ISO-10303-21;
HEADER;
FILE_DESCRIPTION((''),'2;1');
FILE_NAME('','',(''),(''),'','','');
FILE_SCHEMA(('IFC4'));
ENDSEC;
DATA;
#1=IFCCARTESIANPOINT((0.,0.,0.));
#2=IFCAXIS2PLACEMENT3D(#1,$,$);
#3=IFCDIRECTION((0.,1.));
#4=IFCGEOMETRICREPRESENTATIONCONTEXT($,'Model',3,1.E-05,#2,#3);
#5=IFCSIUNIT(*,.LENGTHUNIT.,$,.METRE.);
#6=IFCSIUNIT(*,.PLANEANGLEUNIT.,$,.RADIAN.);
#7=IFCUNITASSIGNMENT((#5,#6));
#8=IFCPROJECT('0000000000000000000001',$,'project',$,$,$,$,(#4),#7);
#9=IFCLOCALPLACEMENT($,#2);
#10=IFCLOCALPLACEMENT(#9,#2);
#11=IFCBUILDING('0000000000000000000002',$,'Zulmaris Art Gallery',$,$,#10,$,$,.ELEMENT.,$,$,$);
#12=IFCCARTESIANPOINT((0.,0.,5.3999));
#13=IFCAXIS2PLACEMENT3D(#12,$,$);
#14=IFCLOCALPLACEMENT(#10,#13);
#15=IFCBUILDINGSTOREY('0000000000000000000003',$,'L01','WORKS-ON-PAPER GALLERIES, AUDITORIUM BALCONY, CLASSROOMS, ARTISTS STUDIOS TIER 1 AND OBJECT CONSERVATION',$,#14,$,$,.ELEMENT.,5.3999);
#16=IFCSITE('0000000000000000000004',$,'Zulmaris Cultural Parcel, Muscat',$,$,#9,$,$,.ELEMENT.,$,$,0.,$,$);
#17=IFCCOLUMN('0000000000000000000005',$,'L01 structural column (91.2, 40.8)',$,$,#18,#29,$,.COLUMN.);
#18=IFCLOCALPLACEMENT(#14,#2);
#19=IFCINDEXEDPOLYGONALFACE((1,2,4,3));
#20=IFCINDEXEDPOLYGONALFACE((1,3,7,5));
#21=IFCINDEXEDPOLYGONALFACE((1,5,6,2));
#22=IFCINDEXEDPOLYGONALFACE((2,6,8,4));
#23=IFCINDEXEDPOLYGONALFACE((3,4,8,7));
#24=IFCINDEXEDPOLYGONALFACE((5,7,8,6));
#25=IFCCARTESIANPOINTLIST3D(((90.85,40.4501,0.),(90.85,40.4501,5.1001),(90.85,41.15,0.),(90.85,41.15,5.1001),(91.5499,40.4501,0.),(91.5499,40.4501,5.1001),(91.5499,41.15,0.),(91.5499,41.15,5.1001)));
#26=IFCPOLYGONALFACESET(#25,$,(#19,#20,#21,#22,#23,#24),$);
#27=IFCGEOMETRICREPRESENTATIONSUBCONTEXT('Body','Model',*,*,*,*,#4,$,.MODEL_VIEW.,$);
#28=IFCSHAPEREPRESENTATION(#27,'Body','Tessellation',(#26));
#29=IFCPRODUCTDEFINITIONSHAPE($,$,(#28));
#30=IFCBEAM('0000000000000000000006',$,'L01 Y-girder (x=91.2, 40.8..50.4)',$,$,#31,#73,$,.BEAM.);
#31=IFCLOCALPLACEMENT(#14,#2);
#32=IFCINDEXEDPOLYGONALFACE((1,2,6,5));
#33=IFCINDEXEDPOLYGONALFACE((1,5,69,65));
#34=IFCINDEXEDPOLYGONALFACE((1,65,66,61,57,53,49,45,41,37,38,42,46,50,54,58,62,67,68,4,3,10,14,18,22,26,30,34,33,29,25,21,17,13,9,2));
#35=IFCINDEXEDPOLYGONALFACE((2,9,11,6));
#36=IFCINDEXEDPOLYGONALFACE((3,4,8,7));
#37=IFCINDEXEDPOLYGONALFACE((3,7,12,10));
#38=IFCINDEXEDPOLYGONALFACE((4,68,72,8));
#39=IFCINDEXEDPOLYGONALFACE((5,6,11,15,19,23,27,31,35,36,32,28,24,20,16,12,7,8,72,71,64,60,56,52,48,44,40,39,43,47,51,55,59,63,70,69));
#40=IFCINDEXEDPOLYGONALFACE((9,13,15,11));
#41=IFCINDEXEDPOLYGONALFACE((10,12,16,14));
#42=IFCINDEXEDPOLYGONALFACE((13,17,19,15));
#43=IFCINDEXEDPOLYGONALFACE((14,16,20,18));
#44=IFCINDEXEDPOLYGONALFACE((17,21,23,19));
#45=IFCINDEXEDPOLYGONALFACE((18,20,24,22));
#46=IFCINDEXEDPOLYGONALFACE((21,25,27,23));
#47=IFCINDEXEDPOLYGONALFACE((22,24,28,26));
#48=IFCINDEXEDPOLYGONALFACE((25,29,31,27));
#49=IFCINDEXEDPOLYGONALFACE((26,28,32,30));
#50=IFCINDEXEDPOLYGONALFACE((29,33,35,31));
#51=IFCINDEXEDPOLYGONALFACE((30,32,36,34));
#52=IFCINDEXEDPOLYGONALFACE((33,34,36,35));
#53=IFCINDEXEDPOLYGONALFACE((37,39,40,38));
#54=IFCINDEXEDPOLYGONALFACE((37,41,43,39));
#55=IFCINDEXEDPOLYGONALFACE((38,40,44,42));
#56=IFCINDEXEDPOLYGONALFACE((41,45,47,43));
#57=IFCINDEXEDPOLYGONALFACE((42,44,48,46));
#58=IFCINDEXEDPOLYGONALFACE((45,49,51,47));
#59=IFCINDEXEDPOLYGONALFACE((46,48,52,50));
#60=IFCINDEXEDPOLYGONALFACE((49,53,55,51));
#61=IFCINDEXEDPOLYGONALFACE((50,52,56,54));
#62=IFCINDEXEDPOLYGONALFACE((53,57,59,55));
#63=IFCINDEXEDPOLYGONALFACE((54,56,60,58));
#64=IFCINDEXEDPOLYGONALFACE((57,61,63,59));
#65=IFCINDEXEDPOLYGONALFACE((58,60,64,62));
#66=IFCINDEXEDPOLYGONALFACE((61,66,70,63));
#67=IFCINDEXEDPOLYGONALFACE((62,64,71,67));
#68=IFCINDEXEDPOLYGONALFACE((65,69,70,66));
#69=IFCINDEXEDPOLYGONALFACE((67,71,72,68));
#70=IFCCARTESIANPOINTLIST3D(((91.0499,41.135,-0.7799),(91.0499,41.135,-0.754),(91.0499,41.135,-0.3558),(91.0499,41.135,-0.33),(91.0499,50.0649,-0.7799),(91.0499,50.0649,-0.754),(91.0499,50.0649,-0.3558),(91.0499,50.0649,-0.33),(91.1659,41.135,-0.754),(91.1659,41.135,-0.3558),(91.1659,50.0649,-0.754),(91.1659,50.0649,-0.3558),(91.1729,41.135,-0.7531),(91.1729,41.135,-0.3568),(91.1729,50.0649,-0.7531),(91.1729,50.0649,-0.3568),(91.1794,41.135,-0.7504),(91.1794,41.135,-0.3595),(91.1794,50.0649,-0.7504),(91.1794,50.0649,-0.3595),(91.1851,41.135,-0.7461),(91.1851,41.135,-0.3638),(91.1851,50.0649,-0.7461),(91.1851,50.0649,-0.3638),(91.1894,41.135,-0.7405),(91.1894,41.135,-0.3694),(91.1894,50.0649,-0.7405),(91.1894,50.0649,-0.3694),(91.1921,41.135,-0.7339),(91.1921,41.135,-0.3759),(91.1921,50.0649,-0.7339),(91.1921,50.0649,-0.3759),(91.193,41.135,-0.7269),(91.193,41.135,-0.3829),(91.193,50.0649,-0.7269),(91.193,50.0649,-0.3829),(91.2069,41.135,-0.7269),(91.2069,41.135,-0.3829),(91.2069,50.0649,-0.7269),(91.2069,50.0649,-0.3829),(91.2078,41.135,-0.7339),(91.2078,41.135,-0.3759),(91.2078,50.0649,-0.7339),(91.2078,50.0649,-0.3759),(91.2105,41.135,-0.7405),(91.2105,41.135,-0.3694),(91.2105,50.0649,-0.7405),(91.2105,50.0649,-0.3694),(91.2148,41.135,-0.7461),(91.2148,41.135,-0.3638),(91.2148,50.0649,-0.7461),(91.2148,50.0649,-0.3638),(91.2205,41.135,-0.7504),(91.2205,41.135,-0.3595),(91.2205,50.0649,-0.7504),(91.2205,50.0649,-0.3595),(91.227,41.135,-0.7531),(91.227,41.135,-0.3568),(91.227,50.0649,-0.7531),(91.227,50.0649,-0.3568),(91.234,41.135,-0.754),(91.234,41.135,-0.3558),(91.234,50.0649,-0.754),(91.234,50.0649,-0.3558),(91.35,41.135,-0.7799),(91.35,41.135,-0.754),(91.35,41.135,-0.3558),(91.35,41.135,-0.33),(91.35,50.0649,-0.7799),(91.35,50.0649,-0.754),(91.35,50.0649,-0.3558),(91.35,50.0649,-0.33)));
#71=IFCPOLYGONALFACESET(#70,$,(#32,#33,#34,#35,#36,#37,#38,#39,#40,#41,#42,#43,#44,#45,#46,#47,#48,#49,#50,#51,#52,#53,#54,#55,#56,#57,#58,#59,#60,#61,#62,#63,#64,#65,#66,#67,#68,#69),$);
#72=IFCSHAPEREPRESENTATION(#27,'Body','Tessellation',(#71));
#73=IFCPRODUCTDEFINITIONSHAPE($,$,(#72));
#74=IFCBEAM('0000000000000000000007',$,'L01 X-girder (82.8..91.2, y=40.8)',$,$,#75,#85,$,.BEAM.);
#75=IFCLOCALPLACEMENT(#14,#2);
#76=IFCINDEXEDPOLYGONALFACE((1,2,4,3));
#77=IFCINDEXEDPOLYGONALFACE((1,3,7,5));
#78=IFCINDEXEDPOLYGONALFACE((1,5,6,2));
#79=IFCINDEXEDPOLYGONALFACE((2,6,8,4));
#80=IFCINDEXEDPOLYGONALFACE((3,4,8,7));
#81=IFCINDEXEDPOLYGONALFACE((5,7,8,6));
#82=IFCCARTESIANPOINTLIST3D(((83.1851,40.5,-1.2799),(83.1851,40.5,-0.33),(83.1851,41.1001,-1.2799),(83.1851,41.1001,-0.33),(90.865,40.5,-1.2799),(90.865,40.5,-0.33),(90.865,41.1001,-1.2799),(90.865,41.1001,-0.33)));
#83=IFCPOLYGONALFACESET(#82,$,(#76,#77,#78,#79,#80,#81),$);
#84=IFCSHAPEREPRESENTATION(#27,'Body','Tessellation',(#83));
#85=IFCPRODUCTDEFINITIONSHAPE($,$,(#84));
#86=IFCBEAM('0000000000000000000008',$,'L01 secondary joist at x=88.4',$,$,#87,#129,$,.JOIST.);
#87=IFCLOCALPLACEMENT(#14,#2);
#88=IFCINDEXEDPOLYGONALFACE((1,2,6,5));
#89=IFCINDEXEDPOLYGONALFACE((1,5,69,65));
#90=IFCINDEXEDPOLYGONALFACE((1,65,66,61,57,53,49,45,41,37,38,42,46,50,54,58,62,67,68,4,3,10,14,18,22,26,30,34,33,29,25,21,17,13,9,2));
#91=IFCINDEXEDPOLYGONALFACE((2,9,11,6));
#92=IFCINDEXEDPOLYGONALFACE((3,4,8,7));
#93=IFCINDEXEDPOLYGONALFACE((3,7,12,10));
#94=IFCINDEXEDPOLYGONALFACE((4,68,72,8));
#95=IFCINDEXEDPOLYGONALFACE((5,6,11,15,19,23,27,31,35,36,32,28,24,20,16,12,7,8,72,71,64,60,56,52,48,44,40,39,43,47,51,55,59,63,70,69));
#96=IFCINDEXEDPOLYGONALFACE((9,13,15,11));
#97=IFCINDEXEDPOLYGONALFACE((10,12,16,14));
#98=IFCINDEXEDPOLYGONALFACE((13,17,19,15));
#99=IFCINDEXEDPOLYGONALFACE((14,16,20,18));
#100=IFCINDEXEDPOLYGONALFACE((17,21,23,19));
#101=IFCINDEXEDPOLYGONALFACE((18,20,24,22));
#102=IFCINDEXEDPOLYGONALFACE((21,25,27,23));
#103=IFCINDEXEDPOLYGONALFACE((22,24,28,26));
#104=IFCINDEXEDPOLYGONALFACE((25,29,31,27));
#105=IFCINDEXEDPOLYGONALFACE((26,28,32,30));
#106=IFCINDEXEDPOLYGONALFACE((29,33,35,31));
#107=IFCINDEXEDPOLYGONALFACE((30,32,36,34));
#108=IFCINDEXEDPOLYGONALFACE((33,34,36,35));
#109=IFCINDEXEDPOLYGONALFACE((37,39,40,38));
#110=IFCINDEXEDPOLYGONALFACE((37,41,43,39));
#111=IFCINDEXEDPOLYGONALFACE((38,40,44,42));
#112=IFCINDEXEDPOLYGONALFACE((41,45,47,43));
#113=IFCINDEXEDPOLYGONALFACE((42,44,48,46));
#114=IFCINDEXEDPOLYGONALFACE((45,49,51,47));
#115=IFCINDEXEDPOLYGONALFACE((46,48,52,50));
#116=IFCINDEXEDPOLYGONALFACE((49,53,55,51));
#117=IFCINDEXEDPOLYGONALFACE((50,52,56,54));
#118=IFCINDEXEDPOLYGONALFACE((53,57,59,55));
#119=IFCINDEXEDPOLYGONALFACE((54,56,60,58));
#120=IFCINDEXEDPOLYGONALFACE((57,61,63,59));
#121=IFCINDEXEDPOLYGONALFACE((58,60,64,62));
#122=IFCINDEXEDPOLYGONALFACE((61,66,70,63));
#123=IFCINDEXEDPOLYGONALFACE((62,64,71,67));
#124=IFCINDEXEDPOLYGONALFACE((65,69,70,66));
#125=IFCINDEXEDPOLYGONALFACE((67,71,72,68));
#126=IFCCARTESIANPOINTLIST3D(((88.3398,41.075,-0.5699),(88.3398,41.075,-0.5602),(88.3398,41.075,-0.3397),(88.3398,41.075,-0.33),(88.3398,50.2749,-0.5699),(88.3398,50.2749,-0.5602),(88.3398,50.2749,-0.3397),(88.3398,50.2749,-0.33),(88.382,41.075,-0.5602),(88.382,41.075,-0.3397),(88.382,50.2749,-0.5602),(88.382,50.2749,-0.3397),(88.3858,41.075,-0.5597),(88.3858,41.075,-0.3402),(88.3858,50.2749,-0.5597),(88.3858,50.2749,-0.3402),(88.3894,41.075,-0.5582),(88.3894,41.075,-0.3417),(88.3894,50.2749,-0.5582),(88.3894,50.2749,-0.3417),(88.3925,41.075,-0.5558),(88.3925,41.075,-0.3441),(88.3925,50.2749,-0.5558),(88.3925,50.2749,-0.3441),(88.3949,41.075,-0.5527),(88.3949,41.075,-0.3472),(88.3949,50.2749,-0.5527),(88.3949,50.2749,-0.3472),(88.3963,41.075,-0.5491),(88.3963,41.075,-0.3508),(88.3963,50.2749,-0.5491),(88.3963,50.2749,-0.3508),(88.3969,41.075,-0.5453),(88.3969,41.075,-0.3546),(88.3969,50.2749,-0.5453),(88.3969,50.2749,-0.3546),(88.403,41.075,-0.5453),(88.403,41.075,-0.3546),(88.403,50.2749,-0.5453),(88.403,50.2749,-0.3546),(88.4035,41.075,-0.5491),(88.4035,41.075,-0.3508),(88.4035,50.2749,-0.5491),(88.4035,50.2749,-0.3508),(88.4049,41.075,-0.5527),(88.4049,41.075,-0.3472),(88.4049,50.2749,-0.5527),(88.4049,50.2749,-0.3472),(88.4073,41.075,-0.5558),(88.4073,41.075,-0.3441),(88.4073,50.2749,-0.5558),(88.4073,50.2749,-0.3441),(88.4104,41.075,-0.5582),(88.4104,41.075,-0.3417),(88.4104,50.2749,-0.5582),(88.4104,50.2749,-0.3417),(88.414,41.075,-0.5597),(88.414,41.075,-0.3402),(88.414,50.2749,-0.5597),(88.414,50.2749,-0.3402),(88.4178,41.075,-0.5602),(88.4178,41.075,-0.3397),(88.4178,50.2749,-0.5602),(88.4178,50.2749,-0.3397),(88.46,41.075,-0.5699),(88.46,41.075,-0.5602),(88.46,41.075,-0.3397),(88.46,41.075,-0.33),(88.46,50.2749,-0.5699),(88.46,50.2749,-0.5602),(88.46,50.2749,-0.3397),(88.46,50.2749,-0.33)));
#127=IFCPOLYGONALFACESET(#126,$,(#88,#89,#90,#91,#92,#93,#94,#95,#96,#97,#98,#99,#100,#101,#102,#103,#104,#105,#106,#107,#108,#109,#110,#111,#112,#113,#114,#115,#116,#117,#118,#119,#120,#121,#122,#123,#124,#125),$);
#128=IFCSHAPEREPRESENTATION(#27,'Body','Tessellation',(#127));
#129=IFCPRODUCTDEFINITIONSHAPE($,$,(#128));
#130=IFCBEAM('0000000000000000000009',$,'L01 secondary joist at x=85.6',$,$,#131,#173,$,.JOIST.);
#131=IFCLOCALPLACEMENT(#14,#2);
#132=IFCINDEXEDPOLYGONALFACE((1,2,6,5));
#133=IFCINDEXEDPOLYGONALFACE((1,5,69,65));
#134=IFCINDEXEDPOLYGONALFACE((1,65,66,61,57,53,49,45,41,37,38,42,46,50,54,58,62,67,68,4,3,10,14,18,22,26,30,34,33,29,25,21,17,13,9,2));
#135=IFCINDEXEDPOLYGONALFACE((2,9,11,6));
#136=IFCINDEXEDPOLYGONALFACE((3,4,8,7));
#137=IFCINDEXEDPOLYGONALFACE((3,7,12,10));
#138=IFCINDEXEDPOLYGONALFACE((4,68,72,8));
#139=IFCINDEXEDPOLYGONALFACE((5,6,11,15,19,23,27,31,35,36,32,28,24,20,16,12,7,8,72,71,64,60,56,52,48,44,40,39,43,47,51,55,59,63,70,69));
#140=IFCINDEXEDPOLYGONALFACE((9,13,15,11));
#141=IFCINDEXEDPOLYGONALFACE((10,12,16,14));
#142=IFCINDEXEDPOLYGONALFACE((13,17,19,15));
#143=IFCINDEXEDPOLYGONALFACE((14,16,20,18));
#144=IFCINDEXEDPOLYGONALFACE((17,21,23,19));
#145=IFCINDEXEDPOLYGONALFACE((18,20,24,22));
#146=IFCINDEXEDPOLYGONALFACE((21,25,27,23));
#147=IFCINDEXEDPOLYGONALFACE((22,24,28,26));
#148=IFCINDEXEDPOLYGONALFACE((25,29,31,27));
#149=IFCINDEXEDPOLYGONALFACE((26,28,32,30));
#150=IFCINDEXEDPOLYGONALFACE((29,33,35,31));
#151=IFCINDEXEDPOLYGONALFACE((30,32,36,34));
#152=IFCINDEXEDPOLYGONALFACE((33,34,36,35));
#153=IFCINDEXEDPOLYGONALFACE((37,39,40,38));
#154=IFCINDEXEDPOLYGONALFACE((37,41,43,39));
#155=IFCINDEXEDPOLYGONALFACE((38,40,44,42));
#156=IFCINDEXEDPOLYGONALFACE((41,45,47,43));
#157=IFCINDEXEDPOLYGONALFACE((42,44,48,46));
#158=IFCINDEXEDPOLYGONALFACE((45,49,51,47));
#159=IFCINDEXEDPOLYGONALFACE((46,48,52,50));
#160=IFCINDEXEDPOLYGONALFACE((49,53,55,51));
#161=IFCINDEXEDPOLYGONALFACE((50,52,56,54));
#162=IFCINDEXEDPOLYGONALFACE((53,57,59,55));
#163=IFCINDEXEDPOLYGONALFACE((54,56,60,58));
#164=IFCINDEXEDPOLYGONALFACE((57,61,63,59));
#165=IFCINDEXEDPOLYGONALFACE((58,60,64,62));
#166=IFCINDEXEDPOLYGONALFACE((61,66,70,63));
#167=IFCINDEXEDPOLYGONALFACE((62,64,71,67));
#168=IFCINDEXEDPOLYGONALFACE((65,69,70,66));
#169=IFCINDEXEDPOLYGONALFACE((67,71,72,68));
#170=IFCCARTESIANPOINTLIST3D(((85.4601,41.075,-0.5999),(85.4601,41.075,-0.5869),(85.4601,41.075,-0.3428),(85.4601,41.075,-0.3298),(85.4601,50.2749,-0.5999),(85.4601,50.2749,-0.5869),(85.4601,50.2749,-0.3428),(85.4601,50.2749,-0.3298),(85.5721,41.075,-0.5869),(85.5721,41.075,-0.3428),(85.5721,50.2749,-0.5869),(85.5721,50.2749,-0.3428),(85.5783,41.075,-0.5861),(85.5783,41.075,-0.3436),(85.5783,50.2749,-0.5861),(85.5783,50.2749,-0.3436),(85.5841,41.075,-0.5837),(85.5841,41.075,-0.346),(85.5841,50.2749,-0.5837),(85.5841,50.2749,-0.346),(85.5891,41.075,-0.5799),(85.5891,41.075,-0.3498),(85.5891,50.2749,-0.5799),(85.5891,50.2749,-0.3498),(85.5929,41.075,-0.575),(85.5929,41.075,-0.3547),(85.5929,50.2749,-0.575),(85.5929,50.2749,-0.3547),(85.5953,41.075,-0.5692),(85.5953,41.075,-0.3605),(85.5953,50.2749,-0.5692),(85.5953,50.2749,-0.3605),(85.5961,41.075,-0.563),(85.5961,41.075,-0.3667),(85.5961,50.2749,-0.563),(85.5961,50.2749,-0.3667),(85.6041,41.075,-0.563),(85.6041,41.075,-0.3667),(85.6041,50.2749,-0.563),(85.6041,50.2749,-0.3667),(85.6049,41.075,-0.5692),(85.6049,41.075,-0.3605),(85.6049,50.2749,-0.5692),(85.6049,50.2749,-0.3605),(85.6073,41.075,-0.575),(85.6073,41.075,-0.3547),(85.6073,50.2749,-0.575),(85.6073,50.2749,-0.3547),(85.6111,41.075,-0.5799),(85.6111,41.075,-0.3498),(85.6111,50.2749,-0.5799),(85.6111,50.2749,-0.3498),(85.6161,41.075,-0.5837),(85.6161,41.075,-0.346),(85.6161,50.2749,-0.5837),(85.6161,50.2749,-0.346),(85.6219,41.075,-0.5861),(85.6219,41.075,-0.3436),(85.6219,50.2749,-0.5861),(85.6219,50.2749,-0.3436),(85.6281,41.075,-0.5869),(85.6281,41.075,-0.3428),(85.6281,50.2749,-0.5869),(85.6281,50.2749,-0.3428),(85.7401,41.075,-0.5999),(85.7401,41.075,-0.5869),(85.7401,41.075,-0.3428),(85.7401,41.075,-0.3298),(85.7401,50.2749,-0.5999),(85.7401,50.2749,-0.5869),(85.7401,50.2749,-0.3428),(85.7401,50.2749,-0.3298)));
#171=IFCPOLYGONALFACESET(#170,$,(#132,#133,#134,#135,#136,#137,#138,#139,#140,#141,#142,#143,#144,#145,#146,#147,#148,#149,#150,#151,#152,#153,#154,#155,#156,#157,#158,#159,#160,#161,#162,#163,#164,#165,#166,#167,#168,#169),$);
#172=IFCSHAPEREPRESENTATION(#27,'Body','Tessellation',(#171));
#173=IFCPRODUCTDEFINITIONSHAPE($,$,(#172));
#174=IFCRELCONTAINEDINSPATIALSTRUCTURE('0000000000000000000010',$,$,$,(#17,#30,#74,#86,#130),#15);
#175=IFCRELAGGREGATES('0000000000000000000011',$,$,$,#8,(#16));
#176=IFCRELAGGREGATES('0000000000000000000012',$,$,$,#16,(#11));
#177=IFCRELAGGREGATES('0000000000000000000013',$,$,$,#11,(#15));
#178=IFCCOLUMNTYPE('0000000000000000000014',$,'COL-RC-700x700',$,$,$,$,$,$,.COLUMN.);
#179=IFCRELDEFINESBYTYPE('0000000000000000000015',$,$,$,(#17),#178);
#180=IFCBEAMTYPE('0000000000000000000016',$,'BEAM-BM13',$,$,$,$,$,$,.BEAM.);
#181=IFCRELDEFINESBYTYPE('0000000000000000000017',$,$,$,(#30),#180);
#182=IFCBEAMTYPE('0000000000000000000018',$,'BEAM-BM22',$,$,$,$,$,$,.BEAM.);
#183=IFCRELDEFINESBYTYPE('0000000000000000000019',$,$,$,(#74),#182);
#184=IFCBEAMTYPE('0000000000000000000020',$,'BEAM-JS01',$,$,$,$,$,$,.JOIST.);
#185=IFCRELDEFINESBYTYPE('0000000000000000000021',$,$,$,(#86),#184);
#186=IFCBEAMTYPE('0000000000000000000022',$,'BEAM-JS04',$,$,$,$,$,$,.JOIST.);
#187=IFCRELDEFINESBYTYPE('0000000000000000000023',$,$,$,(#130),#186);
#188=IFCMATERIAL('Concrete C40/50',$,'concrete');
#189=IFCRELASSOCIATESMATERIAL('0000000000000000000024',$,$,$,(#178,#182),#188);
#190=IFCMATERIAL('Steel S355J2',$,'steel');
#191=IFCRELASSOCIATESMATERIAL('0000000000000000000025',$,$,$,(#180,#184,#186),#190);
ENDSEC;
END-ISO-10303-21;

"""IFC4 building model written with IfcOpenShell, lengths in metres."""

from ifc_helpers import new_model, si_unit, direction, frame, origin, origin_2d, place, context, subcontext, project, spatial, rectangle, i_section, extrude, material, material_profile, profile_set, type_object, element, save


model = new_model("IFC4")

# Units and contexts
model_context = context("Model", 3, precision=1e-05, world=origin(), true_north=direction((0.0, 1.0)))
body_context = subcontext(model_context, "Body", "Model", "MODEL_VIEW")
ifc_project = project(units=[si_unit("LENGTHUNIT", "METRE"), si_unit("PLANEANGLEUNIT", "RADIAN")], contexts=[model_context])

# Site, building, storey
site_placement = place(None, origin())
site = spatial("IfcSite", under=ifc_project, at=site_placement, Name="Zulmaris Cultural Parcel, Muscat", CompositionType="ELEMENT", RefElevation=0.0)
building_placement = place(site_placement, origin())
building = spatial("IfcBuilding", under=site, at=building_placement, Name="Zulmaris Art Gallery", CompositionType="ELEMENT")
storey_placement = place(building_placement, frame((0.0, 0.0, 5.3999)))
storey = spatial("IfcBuildingStorey", under=building, at=storey_placement, Name="L01", Description="WORKS-ON-PAPER GALLERIES, AUDITORIUM BALCONY, CLASSROOMS, ARTISTS STUDIOS TIER 1 AND OBJECT CONSERVATION", CompositionType="ELEMENT", Elevation=5.3999)

# Column
ifc_material_1 = material(Name="Concrete C40/50", Category="concrete")
ifc_material_profile_1 = material_profile(ifc_material_1, rectangle(XDim=0.7, YDim=0.7, at=origin_2d()), Name="RC 700x700")
ifc_profile_set_1 = profile_set([ifc_material_profile_1], Name="Concrete C40/50")
column_type = type_object("IfcColumnType", Name="COL-RC-700x700", PredefinedType="COLUMN", material=ifc_profile_set_1)
column_placement = place(storey_placement, frame((91.2, 40.8, 0.0), z_axis=(0.0, 0.0, 1.0), x_axis=(1.0, 0.0, 0.0)))
element("IfcColumn", 1, at=column_placement, inside=storey, type_object=column_type, Name="L01 structural column (91.2, 40.8)", PredefinedType="COLUMN", context=body_context, shape_type="SweptSolid", body=[
    extrude(rectangle(XDim=0.7, YDim=0.7, at=origin_2d()), origin(), (0.0, 0.0, 1.0), 5.1001),
])

# Beams
ifc_material_2 = material(Name="Steel S355J2", Category="steel")
ifc_material_profile_2 = material_profile(ifc_material_2, i_section(OverallWidth=0.3, OverallDepth=0.45, WebThickness=0.0139, FlangeThickness=0.0259, FilletRadius=0.0271, at=origin_2d()), Name="HEB 450")
ifc_profile_set_2 = profile_set([ifc_material_profile_2], Name="Steel S355J2")
beam_type_1 = type_object("IfcBeamType", Name="BEAM-BM13", PredefinedType="BEAM", material=ifc_profile_set_2)
beam_1_placement = place(storey_placement, frame((91.2, 41.135, -0.5549), z_axis=(0.0, 1.0, 0.0), x_axis=(-1.0, 0.0, 0.0)))
element("IfcBeam", 2, at=beam_1_placement, inside=storey, type_object=beam_type_1, Name="L01 Y-girder (x=91.2, 40.8..50.4)", PredefinedType="BEAM", context=body_context, shape_type="SweptSolid", body=[
    extrude(i_section(OverallWidth=0.3, OverallDepth=0.45, WebThickness=0.0139, FlangeThickness=0.0259, FilletRadius=0.0271, at=origin_2d()), origin(), (0.0, 0.0, 1.0), 8.9299),
])
ifc_material_profile_3 = material_profile(ifc_material_1, rectangle(XDim=0.6001, YDim=0.95, at=origin_2d()), Name="RC 600x950")
ifc_profile_set_3 = profile_set([ifc_material_profile_3], Name="Concrete C40/50")
beam_type_2 = type_object("IfcBeamType", Name="BEAM-BM22", PredefinedType="BEAM", material=ifc_profile_set_3)
beam_2_placement = place(storey_placement, frame((83.1851, 40.8, -0.8049), z_axis=(1.0, 0.0, 0.0), x_axis=(0.0, 1.0, 0.0)))
element("IfcBeam", 3, at=beam_2_placement, inside=storey, type_object=beam_type_2, Name="L01 X-girder (82.8..91.2, y=40.8)", PredefinedType="BEAM", context=body_context, shape_type="SweptSolid", body=[
    extrude(rectangle(XDim=0.6001, YDim=0.95, at=origin_2d()), origin(), (0.0, 0.0, 1.0), 7.6799),
])
ifc_material_profile_4 = material_profile(ifc_material_2, i_section(OverallWidth=0.1201, OverallDepth=0.24, WebThickness=0.0061, FlangeThickness=0.0098, FilletRadius=0.0149, at=origin_2d()), Name="IPE 240")
ifc_profile_set_4 = profile_set([ifc_material_profile_4], Name="Steel S355J2")
beam_type_3 = type_object("IfcBeamType", Name="BEAM-JS01", PredefinedType="JOIST", material=ifc_profile_set_4)
beam_3_placement = place(storey_placement, frame((88.3999, 41.075, -0.45), z_axis=(0.0, 1.0, 0.0), x_axis=(-1.0, 0.0, 0.0)))
element("IfcBeam", 4, at=beam_3_placement, inside=storey, type_object=beam_type_3, Name="L01 secondary joist at x=88.4", PredefinedType="JOIST", context=body_context, shape_type="SweptSolid", body=[
    extrude(i_section(OverallWidth=0.1201, OverallDepth=0.24, WebThickness=0.0061, FlangeThickness=0.0098, FilletRadius=0.0149, at=origin_2d()), origin(), (0.0, 0.0, 1.0), 9.2),
])
ifc_material_profile_5 = material_profile(ifc_material_2, i_section(OverallWidth=0.28, OverallDepth=0.27, WebThickness=0.0081, FlangeThickness=0.0129, FilletRadius=0.0239, at=origin_2d()), Name="HEA 280")
ifc_profile_set_5 = profile_set([ifc_material_profile_5], Name="Steel S355J2")
beam_type_4 = type_object("IfcBeamType", Name="BEAM-JS04", PredefinedType="JOIST", material=ifc_profile_set_5)
beam_4_placement = place(storey_placement, frame((85.6001, 41.075, -0.4648), z_axis=(0.0, 1.0, 0.0), x_axis=(-1.0, 0.0, 0.0)))
element("IfcBeam", 5, at=beam_4_placement, inside=storey, type_object=beam_type_4, Name="L01 secondary joist at x=85.6", PredefinedType="JOIST", context=body_context, shape_type="SweptSolid", body=[
    extrude(i_section(OverallWidth=0.28, OverallDepth=0.27, WebThickness=0.0081, FlangeThickness=0.0129, FilletRadius=0.0239, at=origin_2d()), origin(), (0.0, 0.0, 1.0), 9.2),
])

save(model, "model.ifc")
